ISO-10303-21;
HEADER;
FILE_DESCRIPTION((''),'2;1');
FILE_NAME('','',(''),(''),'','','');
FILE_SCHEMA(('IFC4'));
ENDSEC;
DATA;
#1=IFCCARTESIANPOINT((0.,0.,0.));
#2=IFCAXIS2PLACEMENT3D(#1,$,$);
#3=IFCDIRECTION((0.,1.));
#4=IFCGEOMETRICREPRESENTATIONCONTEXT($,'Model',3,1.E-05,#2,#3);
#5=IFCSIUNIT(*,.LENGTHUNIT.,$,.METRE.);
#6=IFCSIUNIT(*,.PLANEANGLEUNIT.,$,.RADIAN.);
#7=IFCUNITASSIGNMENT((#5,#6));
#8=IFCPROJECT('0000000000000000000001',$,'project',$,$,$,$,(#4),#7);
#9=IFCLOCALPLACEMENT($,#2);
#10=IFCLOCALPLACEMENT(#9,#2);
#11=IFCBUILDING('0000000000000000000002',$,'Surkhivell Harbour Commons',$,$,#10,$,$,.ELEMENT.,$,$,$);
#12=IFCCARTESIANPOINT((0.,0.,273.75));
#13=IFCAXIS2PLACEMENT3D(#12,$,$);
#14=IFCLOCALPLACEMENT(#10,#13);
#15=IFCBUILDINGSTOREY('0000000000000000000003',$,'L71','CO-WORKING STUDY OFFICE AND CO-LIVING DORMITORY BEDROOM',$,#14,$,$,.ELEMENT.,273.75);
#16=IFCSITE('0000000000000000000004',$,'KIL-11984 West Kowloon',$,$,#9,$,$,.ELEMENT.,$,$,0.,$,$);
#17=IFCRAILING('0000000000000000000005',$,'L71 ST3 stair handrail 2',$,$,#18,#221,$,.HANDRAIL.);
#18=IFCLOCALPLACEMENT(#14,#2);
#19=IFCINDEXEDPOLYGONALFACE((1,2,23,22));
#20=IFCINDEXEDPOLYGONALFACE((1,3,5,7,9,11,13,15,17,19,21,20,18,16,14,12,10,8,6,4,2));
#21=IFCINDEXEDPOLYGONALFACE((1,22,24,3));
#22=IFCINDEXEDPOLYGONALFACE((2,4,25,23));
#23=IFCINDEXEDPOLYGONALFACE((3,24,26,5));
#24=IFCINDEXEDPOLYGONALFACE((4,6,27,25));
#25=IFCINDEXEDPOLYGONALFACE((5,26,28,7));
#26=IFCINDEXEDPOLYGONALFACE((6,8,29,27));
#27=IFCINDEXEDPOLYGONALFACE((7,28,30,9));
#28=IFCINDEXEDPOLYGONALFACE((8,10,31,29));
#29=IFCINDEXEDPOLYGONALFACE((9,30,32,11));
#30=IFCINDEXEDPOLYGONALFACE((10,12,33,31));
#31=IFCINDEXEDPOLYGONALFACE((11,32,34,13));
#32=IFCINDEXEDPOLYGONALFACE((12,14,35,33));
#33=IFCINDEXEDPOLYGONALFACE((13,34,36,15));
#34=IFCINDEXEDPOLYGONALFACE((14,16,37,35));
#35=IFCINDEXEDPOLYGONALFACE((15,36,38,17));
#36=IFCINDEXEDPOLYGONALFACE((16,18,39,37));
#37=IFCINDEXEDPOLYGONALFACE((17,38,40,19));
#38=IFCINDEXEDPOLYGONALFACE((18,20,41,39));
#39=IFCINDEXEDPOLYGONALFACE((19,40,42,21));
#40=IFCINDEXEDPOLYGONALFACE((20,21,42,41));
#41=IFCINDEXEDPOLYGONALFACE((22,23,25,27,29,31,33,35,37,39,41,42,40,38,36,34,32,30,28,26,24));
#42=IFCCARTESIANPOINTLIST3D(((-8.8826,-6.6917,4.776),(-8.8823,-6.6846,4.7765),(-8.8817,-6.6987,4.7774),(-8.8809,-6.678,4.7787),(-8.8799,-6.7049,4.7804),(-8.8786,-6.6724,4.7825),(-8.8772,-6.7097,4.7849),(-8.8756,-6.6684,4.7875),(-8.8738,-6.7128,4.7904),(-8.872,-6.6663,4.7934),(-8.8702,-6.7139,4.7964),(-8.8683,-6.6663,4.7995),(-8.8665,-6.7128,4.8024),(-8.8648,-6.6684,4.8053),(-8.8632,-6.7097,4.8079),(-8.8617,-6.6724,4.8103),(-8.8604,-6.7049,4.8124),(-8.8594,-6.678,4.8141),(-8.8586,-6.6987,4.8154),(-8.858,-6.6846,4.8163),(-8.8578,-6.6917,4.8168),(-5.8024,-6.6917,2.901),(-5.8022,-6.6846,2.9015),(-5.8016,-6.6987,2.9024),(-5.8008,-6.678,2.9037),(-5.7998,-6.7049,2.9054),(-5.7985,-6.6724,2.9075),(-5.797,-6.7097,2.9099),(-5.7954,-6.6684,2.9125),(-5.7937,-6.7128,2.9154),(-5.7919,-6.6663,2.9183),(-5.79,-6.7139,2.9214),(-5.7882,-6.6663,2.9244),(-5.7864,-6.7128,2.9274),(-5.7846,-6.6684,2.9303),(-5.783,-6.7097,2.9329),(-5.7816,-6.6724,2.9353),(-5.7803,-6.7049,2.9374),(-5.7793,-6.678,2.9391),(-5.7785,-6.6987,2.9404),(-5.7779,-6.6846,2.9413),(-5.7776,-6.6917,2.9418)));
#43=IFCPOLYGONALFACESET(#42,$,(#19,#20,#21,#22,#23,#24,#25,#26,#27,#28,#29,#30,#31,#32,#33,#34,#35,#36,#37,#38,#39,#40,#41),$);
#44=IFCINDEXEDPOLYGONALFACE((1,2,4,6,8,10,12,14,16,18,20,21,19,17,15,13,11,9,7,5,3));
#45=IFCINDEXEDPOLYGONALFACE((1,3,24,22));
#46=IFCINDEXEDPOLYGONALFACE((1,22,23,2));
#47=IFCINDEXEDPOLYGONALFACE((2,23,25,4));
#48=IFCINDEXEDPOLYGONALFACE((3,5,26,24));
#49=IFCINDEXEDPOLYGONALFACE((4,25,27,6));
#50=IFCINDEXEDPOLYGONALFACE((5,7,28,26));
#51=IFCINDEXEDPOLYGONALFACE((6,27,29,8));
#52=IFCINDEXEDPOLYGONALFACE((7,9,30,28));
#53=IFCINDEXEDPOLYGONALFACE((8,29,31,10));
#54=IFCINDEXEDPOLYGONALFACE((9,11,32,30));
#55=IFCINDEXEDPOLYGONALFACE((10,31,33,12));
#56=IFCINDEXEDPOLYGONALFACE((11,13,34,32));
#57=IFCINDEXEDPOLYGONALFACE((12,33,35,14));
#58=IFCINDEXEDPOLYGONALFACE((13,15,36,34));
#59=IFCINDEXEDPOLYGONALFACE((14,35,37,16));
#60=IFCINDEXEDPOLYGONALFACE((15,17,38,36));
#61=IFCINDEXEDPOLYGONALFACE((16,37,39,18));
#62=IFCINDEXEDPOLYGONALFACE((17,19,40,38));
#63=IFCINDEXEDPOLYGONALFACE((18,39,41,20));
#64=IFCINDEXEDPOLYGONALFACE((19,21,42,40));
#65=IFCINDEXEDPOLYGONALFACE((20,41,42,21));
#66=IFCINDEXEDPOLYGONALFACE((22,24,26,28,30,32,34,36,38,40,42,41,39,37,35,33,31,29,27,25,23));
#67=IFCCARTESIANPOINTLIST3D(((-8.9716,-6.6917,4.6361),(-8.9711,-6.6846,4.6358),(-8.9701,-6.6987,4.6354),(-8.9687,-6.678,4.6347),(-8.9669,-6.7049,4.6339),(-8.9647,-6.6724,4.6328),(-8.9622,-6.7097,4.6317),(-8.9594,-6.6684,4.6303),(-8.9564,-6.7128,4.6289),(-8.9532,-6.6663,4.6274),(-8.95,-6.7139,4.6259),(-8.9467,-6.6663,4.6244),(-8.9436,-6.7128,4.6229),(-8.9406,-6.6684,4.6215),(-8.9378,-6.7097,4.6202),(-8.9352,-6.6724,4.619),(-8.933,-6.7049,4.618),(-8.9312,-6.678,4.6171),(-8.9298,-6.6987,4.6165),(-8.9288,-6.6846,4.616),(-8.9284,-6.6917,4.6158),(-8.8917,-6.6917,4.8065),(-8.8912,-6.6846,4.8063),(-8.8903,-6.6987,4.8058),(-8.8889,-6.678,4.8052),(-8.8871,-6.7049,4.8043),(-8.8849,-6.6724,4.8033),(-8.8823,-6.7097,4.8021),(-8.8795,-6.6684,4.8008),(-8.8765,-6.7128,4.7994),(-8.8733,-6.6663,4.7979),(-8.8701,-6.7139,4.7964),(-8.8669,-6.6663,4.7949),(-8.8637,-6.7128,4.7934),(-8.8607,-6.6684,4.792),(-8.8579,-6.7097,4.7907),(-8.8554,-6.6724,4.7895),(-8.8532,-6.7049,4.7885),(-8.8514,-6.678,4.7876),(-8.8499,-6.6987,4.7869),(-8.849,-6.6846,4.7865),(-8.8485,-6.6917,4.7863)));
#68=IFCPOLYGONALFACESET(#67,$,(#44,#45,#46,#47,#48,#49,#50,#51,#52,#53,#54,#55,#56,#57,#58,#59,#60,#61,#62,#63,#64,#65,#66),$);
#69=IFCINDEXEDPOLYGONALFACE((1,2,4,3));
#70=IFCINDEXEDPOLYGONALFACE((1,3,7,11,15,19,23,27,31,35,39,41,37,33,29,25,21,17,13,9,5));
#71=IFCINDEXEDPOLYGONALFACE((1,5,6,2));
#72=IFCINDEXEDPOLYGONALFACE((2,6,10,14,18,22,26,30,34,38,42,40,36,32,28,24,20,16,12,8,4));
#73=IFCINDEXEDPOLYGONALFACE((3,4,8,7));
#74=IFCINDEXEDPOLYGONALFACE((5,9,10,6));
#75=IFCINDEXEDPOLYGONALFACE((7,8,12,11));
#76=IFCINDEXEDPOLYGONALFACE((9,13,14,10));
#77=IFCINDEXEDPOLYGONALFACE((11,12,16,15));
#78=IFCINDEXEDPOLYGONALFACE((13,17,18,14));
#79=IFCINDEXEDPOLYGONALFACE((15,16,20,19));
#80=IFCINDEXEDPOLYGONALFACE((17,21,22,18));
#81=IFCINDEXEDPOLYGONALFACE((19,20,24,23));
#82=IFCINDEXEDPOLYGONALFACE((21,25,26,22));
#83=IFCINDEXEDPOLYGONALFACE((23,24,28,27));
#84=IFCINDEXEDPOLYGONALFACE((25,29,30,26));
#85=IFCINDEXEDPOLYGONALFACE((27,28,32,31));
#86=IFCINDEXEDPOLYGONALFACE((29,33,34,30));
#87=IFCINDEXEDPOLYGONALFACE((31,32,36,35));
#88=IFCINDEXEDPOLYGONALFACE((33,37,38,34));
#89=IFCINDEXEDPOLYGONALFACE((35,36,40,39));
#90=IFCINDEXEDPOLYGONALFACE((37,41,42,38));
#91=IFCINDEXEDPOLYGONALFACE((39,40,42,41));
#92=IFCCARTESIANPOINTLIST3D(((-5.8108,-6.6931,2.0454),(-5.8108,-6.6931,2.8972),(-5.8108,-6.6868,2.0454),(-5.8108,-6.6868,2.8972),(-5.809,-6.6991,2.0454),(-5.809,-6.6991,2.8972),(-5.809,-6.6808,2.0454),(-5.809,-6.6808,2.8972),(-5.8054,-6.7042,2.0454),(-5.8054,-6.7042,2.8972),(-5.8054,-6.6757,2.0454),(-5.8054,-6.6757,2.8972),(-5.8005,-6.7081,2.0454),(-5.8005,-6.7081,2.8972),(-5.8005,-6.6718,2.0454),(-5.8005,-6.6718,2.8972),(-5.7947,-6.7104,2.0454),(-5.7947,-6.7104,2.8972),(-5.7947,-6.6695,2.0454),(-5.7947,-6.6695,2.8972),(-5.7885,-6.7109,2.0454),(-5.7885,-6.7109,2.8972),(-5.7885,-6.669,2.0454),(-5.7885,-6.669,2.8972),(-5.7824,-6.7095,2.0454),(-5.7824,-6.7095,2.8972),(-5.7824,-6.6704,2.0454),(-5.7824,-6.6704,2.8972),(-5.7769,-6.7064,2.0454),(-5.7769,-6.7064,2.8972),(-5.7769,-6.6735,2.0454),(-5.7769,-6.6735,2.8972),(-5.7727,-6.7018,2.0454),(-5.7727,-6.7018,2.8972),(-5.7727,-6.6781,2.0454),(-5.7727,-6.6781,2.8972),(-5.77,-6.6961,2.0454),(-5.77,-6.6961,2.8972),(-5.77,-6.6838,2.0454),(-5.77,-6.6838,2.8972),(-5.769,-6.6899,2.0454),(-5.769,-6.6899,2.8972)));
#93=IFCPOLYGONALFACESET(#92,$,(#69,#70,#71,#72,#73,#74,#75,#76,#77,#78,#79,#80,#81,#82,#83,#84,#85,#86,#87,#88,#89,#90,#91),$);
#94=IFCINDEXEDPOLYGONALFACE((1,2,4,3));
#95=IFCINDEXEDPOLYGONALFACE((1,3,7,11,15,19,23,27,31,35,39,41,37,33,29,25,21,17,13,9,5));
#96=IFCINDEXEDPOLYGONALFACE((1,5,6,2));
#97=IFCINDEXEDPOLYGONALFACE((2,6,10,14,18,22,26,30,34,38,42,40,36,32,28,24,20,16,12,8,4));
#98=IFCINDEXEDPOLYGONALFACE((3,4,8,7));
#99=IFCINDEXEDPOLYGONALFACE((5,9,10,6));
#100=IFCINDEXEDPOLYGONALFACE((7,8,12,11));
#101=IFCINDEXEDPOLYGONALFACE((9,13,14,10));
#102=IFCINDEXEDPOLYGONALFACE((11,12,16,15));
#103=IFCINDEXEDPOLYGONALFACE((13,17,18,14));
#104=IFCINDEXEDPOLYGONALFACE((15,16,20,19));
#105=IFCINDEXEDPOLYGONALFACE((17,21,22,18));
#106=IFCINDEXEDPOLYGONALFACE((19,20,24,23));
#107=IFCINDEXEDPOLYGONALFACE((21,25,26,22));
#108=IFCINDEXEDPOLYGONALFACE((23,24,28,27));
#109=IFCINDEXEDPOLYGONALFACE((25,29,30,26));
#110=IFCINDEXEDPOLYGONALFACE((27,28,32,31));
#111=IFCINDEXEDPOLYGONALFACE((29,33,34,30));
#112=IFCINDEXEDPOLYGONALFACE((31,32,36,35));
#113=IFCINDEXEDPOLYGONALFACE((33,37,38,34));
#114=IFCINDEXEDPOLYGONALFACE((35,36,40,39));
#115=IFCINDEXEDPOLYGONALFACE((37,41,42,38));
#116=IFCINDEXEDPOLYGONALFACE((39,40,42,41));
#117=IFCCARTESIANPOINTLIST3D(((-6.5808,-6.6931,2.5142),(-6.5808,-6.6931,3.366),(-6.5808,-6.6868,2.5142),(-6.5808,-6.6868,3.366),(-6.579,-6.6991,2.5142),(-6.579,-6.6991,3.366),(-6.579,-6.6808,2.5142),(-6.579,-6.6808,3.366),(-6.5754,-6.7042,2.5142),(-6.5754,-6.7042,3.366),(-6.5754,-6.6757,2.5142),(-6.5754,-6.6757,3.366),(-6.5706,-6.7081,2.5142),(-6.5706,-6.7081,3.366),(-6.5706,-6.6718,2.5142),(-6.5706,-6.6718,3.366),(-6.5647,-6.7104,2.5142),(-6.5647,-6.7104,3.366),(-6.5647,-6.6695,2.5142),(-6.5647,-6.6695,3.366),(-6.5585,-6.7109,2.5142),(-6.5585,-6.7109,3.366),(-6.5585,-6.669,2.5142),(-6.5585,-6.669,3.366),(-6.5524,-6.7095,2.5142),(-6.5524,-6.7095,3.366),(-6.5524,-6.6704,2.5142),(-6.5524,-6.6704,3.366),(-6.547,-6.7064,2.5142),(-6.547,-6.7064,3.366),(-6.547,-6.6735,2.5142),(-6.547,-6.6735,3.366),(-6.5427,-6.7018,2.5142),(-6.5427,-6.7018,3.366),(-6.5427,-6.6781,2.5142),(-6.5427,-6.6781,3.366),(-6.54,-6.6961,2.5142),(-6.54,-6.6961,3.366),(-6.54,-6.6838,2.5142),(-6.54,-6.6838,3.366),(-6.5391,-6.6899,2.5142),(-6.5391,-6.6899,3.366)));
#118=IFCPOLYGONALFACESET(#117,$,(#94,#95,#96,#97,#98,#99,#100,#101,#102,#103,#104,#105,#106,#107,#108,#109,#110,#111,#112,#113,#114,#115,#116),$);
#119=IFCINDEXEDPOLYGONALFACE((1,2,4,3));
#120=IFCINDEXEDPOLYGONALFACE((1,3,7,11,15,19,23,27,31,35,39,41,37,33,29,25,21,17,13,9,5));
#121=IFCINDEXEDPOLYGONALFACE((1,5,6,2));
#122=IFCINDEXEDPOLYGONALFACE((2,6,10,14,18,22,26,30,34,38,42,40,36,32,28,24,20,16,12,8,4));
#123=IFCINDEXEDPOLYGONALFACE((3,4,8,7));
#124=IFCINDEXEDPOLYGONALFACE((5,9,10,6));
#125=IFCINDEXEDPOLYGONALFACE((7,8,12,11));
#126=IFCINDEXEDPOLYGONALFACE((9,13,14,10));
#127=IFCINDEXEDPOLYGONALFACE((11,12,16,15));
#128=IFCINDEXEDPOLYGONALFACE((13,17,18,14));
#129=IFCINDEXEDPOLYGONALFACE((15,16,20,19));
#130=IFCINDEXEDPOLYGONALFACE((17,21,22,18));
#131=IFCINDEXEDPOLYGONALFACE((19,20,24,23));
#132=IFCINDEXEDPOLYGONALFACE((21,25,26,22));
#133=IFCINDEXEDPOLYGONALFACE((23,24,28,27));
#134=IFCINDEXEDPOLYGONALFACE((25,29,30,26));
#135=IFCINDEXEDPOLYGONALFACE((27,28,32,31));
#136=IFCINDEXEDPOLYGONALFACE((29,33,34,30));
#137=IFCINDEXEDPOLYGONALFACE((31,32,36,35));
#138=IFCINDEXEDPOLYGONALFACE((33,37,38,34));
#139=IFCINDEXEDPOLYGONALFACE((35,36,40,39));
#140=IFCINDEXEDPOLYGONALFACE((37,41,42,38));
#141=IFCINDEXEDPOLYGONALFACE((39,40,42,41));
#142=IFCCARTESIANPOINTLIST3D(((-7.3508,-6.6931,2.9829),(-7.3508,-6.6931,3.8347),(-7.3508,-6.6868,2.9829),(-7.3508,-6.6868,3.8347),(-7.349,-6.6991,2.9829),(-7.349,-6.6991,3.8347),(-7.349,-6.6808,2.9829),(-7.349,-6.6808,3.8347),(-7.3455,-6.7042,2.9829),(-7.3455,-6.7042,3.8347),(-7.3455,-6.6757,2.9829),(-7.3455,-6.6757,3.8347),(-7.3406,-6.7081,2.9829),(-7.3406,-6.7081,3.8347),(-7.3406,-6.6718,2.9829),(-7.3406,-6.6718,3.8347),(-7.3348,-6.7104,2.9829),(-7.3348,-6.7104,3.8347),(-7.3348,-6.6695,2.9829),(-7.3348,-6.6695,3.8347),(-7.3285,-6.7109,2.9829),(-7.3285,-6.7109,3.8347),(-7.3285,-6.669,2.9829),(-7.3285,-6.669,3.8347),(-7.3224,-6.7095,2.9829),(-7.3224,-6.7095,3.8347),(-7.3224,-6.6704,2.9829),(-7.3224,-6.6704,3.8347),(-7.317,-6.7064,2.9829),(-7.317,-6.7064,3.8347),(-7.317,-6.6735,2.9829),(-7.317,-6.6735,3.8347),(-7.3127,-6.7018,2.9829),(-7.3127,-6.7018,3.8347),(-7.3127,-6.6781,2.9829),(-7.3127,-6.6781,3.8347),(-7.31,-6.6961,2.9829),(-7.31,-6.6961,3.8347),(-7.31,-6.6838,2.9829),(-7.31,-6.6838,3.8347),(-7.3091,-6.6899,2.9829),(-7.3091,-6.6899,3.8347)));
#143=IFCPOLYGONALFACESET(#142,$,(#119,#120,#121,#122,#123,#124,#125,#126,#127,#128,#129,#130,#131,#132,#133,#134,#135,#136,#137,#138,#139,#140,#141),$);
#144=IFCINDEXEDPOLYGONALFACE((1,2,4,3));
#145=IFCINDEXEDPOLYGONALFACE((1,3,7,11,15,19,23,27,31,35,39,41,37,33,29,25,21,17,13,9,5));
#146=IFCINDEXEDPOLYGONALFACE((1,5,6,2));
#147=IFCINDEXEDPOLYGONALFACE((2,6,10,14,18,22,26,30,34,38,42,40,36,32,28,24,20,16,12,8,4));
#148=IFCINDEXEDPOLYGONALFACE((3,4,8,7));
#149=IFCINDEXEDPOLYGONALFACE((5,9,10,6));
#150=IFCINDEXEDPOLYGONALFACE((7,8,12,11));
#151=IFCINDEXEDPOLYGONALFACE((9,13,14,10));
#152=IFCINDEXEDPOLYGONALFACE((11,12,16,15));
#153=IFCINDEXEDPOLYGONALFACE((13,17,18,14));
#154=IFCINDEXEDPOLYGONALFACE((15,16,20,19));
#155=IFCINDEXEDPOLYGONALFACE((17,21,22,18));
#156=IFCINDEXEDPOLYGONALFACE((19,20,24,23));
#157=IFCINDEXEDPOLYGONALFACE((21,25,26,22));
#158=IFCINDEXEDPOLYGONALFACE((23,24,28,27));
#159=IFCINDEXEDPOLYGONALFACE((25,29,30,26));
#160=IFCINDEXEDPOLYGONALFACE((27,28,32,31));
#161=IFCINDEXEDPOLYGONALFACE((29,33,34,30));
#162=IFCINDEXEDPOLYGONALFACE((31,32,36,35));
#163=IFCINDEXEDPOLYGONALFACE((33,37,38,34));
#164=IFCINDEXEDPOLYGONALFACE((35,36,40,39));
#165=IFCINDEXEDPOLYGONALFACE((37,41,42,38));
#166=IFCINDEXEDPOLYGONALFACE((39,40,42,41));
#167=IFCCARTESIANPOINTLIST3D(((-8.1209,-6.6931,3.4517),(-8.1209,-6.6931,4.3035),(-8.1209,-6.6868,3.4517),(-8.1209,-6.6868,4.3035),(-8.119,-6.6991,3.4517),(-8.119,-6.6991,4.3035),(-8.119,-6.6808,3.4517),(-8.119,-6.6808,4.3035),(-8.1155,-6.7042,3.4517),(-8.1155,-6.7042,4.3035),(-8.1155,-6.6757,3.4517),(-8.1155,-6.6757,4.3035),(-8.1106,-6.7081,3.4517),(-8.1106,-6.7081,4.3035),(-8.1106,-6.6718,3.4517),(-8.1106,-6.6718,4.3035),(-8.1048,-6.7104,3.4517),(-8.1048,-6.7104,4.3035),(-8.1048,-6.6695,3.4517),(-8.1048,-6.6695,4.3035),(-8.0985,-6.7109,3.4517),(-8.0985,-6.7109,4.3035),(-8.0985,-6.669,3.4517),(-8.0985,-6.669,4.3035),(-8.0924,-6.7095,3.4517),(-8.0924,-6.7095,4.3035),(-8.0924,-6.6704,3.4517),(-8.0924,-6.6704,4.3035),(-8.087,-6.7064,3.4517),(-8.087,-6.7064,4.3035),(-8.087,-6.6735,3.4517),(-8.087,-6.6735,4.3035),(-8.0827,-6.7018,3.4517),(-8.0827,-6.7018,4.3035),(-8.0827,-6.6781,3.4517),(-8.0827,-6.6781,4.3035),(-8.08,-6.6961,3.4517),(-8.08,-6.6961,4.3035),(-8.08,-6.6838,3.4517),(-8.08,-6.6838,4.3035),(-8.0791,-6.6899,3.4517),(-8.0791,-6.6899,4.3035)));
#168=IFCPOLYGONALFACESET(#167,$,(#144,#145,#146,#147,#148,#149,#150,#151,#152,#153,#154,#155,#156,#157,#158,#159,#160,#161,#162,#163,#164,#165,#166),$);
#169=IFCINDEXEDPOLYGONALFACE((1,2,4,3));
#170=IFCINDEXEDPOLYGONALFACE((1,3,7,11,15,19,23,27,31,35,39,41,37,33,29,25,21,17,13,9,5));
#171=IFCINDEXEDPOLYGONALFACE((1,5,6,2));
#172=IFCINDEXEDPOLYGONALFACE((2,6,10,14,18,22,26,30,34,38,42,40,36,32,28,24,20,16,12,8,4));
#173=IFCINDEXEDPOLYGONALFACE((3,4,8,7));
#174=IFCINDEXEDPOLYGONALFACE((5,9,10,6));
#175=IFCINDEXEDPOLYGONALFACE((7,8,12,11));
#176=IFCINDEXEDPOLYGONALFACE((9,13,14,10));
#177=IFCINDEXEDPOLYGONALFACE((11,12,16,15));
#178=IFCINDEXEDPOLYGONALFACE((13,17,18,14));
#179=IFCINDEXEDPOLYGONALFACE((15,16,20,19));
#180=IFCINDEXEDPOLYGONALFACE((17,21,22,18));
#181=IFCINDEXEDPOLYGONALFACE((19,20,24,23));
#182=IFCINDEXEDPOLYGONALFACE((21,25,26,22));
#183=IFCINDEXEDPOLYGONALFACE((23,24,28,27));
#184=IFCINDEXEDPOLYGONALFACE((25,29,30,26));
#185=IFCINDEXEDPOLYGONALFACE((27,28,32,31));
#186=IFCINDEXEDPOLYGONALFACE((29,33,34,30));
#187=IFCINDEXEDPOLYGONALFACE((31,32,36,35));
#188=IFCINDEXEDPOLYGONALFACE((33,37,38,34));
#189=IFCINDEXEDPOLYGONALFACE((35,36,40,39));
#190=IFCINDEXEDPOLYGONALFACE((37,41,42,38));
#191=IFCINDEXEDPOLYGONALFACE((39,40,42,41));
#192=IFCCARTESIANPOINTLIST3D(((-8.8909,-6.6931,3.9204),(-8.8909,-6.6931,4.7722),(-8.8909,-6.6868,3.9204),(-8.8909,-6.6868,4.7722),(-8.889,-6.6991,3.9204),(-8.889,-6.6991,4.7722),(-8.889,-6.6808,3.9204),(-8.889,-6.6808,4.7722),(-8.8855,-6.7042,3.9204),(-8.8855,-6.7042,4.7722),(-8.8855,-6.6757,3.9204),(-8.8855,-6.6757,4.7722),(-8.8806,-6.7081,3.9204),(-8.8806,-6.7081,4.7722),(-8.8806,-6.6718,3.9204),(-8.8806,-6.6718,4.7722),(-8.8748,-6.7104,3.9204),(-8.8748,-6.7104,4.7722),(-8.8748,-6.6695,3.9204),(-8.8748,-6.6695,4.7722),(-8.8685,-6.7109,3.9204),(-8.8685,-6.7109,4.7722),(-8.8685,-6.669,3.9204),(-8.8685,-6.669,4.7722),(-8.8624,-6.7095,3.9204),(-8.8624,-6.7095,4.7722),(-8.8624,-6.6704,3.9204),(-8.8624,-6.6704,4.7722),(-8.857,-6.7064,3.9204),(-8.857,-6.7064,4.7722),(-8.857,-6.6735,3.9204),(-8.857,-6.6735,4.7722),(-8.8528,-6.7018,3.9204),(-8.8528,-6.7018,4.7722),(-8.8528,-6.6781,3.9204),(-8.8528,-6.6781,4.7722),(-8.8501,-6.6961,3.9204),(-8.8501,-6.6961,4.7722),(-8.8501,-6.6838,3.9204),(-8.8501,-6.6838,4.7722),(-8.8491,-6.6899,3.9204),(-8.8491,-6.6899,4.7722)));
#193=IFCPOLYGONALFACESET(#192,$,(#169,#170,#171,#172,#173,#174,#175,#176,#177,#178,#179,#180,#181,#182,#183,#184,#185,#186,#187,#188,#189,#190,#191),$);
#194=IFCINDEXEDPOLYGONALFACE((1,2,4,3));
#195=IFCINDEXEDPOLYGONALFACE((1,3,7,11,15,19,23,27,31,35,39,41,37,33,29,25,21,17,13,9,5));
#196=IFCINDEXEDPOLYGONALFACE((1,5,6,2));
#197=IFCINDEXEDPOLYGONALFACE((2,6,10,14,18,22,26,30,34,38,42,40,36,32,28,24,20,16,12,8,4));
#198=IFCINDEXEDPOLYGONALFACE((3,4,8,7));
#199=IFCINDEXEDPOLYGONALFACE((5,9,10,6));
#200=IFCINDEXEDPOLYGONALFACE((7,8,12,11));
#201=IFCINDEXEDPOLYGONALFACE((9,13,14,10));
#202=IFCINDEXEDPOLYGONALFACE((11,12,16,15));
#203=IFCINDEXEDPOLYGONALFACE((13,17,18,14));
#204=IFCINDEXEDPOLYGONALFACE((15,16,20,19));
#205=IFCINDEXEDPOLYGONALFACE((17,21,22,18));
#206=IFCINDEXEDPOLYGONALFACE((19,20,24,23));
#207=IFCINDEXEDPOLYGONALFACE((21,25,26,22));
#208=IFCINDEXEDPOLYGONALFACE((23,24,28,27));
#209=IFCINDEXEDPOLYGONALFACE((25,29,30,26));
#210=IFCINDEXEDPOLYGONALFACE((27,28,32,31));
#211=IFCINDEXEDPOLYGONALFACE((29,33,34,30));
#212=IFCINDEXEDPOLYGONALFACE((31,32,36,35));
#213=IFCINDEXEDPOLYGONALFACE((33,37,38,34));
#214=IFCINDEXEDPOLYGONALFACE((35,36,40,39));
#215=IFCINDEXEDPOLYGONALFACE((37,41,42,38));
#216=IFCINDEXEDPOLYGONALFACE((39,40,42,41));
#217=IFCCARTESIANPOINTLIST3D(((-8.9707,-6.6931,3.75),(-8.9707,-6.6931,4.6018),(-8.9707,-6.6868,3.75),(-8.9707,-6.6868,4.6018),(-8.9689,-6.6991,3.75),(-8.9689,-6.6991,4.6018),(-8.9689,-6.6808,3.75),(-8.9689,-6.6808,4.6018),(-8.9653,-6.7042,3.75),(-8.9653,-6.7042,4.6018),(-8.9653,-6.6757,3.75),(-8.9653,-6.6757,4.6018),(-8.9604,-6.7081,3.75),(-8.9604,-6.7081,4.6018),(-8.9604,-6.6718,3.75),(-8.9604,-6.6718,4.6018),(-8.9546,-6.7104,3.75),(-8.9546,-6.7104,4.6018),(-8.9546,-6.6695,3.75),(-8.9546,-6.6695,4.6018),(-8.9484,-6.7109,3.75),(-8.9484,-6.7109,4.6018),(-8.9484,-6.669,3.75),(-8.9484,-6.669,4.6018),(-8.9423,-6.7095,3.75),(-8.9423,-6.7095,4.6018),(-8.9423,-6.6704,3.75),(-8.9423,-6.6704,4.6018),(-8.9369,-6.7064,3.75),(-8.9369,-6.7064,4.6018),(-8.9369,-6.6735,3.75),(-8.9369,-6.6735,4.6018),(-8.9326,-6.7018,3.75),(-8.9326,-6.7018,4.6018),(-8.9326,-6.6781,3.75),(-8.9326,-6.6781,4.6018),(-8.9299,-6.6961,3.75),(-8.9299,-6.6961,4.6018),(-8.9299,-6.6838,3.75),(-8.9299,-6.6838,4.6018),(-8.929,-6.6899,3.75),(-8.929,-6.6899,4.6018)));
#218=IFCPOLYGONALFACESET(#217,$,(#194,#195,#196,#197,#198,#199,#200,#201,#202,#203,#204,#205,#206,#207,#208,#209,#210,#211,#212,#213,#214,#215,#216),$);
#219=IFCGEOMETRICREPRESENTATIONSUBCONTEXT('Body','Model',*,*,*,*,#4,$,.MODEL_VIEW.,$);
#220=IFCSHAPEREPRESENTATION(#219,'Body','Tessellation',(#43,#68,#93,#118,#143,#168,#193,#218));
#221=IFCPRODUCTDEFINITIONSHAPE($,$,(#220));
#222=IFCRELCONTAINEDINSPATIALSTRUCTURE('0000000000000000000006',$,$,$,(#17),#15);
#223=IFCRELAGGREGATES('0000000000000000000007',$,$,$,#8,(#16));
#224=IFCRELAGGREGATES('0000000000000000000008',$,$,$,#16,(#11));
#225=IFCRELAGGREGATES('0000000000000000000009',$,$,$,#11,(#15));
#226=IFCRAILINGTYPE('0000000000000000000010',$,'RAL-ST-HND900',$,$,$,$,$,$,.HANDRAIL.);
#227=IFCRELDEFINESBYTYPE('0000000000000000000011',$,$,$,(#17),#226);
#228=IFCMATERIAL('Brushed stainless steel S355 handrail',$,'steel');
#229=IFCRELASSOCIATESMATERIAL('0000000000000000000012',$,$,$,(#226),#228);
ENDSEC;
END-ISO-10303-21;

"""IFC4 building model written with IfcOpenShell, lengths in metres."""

from ifc_helpers import new_model, si_unit, direction, frame, origin, origin_2d, place, context, subcontext, project, spatial, circle, extrude, material, type_object, element, save


model = new_model("IFC4")

# Units and contexts
model_context = context("Model", 3, precision=1e-05, world=origin(), true_north=direction((0.0, 1.0)))
body_context = subcontext(model_context, "Body", "Model", "MODEL_VIEW")
ifc_project = project(units=[si_unit("LENGTHUNIT", "METRE"), si_unit("PLANEANGLEUNIT", "RADIAN")], contexts=[model_context])

# Site, building, storey
site_placement = place(None, origin())
site = spatial("IfcSite", under=ifc_project, at=site_placement, Name="KIL-11984 West Kowloon", CompositionType="ELEMENT", RefElevation=0.0)
building_placement = place(site_placement, origin())
building = spatial("IfcBuilding", under=site, at=building_placement, Name="Surkhivell Harbour Commons", CompositionType="ELEMENT")
storey_placement = place(building_placement, frame((0.0, 0.0, 273.75)))
storey = spatial("IfcBuildingStorey", under=building, at=storey_placement, Name="L71", Description="CO-WORKING STUDY OFFICE AND CO-LIVING DORMITORY BEDROOM", CompositionType="ELEMENT", Elevation=273.75)

# Railing
ifc_material_1 = material(Name="Brushed stainless steel S355 handrail", Category="steel")
railing_type = type_object("IfcRailingType", Name="RAL-ST-HND900", PredefinedType="HANDRAIL", material=ifc_material_1)
railing_placement = place(storey_placement, frame((-5.79, -6.6899, 2.0454)))
element("IfcRailing", 1, at=railing_placement, inside=storey, type_object=railing_type, Name="L71 ST3 stair handrail 2", PredefinedType="HANDRAIL", context=body_context, shape_type="SweptSolid", body=[
    extrude(circle(Radius=0.0239, at=origin_2d()), frame((0.0, 0.0, 0.876), z_axis=(-0.854178, 0.0, 0.519981), x_axis=(0.0, -1.0, 0.0)), (0.0, 0.0, 1.0), 3.606),
    extrude(circle(Radius=0.0239, at=origin_2d()), frame((-3.0801, 0.0, 2.751), z_axis=(-0.424234, 0.0, -0.905552), x_axis=(0.0, -1.0, 0.0)), (0.0, 0.0, 1.0), 0.1882),
    extrude(circle(Radius=0.021, at=origin_2d()), origin(), (0.0, 0.0, 1.0), 0.8518),
    extrude(circle(Radius=0.021, at=origin_2d()), frame((-0.77, 0.0, 0.4688)), (0.0, 0.0, 1.0), 0.8518),
    extrude(circle(Radius=0.021, at=origin_2d()), frame((-1.54, 0.0, 0.9375)), (0.0, 0.0, 1.0), 0.8518),
    extrude(circle(Radius=0.021, at=origin_2d()), frame((-2.3101, 0.0, 1.4062)), (0.0, 0.0, 1.0), 0.8518),
    extrude(circle(Radius=0.021, at=origin_2d()), frame((-3.0801, 0.0, 1.875)), (0.0, 0.0, 1.0), 0.8518),
    extrude(circle(Radius=0.021, at=origin_2d()), frame((-3.1599, 0.0, 1.7046)), (0.0, 0.0, 1.0), 0.8518),
])

save(model, "model.ifc")
